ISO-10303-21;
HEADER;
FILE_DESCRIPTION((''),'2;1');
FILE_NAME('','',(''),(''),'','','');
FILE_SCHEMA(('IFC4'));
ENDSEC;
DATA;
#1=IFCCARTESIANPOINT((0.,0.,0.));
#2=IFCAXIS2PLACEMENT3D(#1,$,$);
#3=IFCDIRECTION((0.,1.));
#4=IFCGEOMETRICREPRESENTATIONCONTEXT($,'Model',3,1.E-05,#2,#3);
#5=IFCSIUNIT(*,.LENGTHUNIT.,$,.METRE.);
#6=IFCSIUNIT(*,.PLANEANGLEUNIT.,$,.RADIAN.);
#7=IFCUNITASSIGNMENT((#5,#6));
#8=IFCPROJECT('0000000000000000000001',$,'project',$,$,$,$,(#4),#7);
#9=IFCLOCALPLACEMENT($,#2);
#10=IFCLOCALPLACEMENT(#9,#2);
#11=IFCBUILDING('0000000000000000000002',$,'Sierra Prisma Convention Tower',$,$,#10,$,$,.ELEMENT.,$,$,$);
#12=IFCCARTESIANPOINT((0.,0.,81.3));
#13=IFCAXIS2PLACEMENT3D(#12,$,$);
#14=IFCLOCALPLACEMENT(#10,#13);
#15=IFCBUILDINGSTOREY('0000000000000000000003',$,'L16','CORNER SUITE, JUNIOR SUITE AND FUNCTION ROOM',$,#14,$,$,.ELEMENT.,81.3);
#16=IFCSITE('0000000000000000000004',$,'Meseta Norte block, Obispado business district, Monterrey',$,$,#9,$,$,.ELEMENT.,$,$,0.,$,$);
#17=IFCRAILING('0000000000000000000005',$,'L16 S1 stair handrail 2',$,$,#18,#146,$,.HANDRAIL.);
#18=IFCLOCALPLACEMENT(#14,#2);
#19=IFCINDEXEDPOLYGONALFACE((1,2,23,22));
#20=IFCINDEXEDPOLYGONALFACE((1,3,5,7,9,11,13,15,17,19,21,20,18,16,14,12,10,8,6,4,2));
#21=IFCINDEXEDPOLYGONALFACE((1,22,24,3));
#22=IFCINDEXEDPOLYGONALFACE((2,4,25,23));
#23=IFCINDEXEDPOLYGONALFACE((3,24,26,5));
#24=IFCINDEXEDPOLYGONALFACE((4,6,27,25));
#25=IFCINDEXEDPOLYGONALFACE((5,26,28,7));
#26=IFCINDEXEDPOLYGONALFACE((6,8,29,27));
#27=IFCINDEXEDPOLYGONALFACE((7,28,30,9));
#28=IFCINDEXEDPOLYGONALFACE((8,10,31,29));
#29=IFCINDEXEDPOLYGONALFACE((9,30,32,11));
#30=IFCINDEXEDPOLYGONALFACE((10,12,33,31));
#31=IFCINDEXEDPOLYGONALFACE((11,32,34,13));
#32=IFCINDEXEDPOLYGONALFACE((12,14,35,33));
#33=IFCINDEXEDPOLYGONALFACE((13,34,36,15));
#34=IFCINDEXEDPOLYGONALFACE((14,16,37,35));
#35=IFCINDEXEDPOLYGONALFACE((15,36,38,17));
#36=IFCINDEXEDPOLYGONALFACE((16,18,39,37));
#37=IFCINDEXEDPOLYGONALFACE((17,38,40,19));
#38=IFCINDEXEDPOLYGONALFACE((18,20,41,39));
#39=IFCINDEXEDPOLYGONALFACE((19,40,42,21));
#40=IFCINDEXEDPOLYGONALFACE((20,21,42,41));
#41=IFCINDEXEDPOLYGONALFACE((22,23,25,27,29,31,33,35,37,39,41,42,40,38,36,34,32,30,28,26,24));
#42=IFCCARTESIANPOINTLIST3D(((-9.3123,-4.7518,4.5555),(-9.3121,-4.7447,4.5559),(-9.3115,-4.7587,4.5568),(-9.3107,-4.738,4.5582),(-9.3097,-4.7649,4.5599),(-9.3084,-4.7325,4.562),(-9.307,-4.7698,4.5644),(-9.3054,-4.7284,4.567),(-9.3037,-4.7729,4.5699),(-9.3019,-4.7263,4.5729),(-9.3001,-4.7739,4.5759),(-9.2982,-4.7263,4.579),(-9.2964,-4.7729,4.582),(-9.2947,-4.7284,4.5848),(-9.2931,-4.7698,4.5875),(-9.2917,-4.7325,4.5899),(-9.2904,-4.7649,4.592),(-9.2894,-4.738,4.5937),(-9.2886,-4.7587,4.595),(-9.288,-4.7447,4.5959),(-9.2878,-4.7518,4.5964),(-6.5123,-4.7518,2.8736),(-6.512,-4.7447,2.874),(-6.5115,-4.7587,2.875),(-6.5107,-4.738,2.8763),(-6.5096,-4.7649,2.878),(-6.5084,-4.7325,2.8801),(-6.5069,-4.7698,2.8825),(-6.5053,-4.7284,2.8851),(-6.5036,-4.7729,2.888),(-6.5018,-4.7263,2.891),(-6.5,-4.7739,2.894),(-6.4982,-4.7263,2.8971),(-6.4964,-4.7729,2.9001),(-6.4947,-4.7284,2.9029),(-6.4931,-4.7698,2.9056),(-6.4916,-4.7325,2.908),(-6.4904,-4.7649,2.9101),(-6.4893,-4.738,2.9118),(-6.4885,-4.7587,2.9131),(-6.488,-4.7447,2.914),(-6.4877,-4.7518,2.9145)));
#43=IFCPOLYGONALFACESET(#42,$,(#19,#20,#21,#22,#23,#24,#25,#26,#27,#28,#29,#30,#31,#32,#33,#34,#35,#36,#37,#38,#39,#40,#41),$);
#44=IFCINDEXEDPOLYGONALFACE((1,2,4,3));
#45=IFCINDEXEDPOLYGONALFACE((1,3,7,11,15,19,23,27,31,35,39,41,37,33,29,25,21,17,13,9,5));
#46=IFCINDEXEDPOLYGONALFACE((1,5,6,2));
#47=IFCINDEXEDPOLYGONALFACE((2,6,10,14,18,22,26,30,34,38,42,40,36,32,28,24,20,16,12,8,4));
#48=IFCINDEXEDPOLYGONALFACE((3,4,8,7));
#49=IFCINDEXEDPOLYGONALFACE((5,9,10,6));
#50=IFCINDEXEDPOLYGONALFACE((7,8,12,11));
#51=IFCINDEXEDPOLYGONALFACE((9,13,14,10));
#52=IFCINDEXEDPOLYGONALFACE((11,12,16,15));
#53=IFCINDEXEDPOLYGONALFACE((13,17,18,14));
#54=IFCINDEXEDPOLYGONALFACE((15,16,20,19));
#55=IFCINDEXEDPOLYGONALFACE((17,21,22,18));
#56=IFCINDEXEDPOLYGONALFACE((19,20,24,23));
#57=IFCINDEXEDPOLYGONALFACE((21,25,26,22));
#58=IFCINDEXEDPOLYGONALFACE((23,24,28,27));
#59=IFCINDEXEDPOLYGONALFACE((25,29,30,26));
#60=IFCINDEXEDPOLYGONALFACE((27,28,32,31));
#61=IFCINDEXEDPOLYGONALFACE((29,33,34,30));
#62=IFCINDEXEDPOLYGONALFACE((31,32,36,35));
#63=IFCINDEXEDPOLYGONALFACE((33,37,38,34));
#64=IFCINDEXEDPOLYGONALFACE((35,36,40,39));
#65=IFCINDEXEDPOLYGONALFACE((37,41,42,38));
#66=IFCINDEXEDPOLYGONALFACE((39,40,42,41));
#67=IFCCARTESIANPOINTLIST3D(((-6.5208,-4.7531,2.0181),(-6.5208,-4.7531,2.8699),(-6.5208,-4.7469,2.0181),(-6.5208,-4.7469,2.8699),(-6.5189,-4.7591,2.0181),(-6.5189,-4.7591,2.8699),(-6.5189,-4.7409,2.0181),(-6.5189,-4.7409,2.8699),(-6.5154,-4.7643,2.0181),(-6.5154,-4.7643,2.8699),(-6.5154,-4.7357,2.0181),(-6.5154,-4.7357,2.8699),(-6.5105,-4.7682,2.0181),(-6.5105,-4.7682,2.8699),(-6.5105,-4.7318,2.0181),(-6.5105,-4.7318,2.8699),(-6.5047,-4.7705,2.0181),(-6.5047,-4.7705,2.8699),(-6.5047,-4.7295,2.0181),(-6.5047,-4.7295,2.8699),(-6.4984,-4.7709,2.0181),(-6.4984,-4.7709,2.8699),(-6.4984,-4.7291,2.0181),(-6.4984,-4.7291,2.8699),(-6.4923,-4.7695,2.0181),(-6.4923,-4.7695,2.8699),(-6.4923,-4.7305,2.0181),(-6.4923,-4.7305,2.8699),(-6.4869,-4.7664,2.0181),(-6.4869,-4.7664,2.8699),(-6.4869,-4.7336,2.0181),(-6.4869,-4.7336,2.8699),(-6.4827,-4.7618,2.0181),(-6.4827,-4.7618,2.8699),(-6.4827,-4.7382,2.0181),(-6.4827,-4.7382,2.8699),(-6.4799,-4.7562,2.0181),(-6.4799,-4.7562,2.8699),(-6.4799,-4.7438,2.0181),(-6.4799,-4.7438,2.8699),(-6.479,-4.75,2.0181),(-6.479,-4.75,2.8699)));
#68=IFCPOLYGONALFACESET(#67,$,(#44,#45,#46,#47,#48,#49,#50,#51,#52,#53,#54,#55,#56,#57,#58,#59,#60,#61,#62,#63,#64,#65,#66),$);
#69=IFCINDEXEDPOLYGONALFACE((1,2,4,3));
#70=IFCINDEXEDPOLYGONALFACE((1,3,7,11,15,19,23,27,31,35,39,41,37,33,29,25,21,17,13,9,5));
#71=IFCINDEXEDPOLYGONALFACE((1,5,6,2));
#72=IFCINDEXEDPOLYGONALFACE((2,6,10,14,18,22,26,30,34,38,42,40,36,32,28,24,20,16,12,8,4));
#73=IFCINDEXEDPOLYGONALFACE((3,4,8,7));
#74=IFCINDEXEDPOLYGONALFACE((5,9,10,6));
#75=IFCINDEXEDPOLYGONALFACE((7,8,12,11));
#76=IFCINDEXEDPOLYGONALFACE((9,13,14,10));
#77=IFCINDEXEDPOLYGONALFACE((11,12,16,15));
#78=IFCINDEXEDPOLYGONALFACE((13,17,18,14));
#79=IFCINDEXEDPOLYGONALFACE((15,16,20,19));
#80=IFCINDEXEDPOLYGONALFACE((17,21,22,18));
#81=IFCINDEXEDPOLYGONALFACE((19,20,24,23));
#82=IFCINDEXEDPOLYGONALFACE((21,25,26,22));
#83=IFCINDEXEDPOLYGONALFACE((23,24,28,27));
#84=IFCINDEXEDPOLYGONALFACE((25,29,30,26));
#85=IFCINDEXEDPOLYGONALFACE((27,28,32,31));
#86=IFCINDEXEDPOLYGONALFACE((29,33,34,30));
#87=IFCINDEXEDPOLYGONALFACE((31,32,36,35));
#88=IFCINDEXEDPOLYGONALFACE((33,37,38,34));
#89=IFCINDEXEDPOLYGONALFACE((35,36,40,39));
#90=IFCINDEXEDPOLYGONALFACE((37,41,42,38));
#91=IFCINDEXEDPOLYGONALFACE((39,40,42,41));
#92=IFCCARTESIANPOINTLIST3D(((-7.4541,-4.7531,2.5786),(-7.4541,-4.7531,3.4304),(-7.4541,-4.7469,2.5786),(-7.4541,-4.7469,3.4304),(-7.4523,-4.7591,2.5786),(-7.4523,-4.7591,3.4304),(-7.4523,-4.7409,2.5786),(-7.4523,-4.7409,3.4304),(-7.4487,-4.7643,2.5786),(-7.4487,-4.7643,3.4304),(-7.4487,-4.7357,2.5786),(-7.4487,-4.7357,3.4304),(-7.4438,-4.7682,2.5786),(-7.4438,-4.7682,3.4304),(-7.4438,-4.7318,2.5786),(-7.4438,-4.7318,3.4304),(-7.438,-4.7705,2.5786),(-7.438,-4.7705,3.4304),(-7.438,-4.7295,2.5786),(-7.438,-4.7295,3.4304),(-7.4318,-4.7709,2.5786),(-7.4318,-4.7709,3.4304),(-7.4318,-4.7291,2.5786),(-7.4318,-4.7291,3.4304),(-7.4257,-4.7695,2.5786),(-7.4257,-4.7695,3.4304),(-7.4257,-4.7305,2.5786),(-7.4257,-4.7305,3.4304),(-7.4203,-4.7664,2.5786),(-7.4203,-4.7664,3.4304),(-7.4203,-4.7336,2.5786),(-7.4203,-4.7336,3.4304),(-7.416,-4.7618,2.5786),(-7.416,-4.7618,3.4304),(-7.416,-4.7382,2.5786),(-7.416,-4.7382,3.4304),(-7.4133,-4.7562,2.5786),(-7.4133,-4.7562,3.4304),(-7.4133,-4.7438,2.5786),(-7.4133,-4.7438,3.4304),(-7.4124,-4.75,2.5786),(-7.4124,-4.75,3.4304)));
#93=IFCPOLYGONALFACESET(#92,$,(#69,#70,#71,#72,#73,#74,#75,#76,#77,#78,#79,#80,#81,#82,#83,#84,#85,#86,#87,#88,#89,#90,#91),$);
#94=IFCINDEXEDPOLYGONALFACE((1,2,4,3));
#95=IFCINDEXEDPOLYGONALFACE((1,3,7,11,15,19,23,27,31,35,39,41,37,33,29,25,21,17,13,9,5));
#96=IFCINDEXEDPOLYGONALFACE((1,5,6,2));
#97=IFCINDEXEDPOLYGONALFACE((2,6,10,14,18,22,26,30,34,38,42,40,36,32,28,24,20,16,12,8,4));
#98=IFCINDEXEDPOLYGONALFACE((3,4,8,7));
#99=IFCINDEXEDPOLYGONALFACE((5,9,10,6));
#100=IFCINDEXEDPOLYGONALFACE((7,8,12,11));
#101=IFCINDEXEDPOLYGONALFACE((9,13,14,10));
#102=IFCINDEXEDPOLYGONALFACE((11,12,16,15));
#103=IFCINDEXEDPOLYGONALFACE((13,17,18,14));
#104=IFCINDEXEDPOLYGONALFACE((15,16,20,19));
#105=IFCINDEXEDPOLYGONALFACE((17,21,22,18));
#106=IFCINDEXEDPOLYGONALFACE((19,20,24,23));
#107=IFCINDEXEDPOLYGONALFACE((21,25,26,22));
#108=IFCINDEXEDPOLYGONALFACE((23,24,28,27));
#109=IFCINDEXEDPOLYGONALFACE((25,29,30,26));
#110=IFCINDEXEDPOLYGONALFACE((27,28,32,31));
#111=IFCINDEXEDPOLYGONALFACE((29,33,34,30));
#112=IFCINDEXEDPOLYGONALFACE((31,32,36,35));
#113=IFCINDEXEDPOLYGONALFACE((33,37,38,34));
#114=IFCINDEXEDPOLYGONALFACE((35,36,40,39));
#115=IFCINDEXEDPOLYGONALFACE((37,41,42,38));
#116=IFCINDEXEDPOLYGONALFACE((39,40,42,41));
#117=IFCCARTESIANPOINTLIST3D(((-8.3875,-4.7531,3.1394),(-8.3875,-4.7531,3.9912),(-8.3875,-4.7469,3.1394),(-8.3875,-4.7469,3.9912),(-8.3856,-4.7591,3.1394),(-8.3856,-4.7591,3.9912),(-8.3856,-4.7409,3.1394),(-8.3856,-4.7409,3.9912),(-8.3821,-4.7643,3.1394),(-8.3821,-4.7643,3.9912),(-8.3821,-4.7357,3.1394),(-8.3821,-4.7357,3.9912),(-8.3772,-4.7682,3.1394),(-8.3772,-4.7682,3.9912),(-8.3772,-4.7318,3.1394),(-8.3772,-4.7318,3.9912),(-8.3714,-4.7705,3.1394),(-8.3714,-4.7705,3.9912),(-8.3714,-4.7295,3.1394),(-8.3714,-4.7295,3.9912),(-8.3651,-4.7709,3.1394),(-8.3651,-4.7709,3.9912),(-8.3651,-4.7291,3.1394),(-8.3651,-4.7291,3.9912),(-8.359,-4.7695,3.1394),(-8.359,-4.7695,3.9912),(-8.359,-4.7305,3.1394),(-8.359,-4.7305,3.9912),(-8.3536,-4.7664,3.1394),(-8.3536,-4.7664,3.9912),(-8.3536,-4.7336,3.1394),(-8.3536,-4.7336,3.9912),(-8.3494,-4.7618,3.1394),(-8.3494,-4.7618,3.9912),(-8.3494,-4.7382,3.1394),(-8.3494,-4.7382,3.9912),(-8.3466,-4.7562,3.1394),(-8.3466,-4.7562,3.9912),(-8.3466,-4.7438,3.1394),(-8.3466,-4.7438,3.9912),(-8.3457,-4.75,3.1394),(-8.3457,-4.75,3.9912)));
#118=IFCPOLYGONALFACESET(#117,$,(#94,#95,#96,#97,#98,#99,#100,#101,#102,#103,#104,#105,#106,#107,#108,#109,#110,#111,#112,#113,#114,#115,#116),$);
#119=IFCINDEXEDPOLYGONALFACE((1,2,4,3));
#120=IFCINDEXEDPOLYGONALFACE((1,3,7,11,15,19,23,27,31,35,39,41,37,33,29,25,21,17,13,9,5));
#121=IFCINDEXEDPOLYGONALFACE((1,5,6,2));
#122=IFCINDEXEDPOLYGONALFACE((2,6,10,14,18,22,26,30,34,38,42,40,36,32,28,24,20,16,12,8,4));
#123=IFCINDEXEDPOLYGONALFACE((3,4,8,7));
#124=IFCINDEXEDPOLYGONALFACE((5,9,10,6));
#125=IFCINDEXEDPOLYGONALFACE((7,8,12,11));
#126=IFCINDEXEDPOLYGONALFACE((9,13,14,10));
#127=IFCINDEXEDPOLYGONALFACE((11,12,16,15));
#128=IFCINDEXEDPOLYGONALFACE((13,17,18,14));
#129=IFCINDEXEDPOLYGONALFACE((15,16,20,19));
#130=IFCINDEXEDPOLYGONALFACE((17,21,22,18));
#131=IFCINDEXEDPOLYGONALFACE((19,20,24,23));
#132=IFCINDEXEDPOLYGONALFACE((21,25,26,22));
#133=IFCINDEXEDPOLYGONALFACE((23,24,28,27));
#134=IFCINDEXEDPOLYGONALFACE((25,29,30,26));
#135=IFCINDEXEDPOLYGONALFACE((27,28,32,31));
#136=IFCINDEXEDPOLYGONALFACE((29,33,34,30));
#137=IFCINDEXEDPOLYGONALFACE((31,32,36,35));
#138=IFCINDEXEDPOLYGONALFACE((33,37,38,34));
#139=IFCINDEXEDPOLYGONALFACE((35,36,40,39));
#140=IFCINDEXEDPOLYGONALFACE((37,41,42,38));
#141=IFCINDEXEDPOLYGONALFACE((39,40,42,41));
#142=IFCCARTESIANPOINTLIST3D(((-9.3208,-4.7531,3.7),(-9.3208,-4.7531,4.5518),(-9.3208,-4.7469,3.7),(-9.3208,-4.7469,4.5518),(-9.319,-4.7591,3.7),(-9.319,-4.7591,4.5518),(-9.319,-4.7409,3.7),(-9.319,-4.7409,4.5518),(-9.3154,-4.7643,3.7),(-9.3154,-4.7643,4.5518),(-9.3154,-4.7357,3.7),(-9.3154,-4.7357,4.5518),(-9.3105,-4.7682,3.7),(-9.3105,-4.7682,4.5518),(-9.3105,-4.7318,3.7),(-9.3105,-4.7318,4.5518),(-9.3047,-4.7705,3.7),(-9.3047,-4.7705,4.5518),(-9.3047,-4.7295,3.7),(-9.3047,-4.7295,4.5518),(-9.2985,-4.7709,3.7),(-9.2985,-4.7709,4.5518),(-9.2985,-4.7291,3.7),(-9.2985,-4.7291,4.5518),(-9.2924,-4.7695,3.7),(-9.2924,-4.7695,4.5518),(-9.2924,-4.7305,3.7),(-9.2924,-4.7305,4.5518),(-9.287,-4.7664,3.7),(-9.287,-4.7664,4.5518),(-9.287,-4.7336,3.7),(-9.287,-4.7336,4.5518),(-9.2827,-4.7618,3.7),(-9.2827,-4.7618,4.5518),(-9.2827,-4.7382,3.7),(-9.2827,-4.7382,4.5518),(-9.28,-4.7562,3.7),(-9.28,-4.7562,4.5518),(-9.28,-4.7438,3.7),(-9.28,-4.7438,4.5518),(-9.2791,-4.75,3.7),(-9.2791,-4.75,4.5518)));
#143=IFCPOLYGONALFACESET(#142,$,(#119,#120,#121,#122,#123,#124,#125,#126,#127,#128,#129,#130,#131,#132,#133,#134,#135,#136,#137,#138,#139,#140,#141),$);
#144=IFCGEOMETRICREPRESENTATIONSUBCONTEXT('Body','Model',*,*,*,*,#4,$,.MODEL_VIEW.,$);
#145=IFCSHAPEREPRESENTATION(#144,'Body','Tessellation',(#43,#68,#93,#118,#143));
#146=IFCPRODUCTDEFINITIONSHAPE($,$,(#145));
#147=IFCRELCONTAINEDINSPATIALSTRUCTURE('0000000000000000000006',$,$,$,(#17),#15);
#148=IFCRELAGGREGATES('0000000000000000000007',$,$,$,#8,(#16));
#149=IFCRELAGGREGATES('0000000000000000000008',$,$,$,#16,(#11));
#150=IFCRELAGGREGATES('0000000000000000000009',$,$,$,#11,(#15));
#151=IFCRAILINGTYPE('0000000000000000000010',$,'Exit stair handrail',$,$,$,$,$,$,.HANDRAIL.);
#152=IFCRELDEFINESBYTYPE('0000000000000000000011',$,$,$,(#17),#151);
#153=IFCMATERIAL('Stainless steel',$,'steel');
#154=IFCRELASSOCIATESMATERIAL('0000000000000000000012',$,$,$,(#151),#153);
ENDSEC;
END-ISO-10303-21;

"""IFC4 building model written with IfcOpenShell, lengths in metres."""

from ifc_helpers import new_model, si_unit, direction, frame, origin, origin_2d, place, context, subcontext, project, spatial, circle, extrude, material, type_object, element, save


model = new_model("IFC4")

# Units and contexts
model_context = context("Model", 3, precision=1e-05, world=origin(), true_north=direction((0.0, 1.0)))
body_context = subcontext(model_context, "Body", "Model", "MODEL_VIEW")
ifc_project = project(units=[si_unit("LENGTHUNIT", "METRE"), si_unit("PLANEANGLEUNIT", "RADIAN")], contexts=[model_context])

# Site, building, storey
site_placement = place(None, origin())
site = spatial("IfcSite", under=ifc_project, at=site_placement, Name="Meseta Norte block, Obispado business district, Monterrey", CompositionType="ELEMENT", RefElevation=0.0)
building_placement = place(site_placement, origin())
building = spatial("IfcBuilding", under=site, at=building_placement, Name="Sierra Prisma Convention Tower", CompositionType="ELEMENT")
storey_placement = place(building_placement, frame((0.0, 0.0, 81.3)))
storey = spatial("IfcBuildingStorey", under=building, at=storey_placement, Name="L16", Description="CORNER SUITE, JUNIOR SUITE AND FUNCTION ROOM", CompositionType="ELEMENT", Elevation=81.3)

# Railing
ifc_material_1 = material(Name="Stainless steel", Category="steel")
railing_type_1 = type_object("IfcRailingType", Name="Exit stair handrail", PredefinedType="HANDRAIL", material=ifc_material_1)
railing_1_placement = place(storey_placement, frame((-6.5, -4.75, 2.0181)))
element("IfcRailing", 1, at=railing_1_placement, inside=storey, type_object=railing_type_1, Name="L16 S1 stair handrail 2", PredefinedType="HANDRAIL", context=body_context, shape_type="SweptSolid", body=[
    extrude(circle(Radius=0.0239, at=origin_2d()), frame((0.0, 0.0, 0.876), z_axis=(-0.857242, 0.0, 0.514913), x_axis=(0.0, -1.0, 0.0)), (0.0, 0.0, 1.0), 3.2664),
    extrude(circle(Radius=0.021, at=origin_2d()), origin(), (0.0, 0.0, 1.0), 0.8518),
    extrude(circle(Radius=0.021, at=origin_2d()), frame((-0.9333, 0.0, 0.5605)), (0.0, 0.0, 1.0), 0.8518),
    extrude(circle(Radius=0.021, at=origin_2d()), frame((-1.8667, 0.0, 1.1213)), (0.0, 0.0, 1.0), 0.8518),
    extrude(circle(Radius=0.021, at=origin_2d()), frame((-2.8, 0.0, 1.6819)), (0.0, 0.0, 1.0), 0.8518),
])

save(model, "model.ifc")
